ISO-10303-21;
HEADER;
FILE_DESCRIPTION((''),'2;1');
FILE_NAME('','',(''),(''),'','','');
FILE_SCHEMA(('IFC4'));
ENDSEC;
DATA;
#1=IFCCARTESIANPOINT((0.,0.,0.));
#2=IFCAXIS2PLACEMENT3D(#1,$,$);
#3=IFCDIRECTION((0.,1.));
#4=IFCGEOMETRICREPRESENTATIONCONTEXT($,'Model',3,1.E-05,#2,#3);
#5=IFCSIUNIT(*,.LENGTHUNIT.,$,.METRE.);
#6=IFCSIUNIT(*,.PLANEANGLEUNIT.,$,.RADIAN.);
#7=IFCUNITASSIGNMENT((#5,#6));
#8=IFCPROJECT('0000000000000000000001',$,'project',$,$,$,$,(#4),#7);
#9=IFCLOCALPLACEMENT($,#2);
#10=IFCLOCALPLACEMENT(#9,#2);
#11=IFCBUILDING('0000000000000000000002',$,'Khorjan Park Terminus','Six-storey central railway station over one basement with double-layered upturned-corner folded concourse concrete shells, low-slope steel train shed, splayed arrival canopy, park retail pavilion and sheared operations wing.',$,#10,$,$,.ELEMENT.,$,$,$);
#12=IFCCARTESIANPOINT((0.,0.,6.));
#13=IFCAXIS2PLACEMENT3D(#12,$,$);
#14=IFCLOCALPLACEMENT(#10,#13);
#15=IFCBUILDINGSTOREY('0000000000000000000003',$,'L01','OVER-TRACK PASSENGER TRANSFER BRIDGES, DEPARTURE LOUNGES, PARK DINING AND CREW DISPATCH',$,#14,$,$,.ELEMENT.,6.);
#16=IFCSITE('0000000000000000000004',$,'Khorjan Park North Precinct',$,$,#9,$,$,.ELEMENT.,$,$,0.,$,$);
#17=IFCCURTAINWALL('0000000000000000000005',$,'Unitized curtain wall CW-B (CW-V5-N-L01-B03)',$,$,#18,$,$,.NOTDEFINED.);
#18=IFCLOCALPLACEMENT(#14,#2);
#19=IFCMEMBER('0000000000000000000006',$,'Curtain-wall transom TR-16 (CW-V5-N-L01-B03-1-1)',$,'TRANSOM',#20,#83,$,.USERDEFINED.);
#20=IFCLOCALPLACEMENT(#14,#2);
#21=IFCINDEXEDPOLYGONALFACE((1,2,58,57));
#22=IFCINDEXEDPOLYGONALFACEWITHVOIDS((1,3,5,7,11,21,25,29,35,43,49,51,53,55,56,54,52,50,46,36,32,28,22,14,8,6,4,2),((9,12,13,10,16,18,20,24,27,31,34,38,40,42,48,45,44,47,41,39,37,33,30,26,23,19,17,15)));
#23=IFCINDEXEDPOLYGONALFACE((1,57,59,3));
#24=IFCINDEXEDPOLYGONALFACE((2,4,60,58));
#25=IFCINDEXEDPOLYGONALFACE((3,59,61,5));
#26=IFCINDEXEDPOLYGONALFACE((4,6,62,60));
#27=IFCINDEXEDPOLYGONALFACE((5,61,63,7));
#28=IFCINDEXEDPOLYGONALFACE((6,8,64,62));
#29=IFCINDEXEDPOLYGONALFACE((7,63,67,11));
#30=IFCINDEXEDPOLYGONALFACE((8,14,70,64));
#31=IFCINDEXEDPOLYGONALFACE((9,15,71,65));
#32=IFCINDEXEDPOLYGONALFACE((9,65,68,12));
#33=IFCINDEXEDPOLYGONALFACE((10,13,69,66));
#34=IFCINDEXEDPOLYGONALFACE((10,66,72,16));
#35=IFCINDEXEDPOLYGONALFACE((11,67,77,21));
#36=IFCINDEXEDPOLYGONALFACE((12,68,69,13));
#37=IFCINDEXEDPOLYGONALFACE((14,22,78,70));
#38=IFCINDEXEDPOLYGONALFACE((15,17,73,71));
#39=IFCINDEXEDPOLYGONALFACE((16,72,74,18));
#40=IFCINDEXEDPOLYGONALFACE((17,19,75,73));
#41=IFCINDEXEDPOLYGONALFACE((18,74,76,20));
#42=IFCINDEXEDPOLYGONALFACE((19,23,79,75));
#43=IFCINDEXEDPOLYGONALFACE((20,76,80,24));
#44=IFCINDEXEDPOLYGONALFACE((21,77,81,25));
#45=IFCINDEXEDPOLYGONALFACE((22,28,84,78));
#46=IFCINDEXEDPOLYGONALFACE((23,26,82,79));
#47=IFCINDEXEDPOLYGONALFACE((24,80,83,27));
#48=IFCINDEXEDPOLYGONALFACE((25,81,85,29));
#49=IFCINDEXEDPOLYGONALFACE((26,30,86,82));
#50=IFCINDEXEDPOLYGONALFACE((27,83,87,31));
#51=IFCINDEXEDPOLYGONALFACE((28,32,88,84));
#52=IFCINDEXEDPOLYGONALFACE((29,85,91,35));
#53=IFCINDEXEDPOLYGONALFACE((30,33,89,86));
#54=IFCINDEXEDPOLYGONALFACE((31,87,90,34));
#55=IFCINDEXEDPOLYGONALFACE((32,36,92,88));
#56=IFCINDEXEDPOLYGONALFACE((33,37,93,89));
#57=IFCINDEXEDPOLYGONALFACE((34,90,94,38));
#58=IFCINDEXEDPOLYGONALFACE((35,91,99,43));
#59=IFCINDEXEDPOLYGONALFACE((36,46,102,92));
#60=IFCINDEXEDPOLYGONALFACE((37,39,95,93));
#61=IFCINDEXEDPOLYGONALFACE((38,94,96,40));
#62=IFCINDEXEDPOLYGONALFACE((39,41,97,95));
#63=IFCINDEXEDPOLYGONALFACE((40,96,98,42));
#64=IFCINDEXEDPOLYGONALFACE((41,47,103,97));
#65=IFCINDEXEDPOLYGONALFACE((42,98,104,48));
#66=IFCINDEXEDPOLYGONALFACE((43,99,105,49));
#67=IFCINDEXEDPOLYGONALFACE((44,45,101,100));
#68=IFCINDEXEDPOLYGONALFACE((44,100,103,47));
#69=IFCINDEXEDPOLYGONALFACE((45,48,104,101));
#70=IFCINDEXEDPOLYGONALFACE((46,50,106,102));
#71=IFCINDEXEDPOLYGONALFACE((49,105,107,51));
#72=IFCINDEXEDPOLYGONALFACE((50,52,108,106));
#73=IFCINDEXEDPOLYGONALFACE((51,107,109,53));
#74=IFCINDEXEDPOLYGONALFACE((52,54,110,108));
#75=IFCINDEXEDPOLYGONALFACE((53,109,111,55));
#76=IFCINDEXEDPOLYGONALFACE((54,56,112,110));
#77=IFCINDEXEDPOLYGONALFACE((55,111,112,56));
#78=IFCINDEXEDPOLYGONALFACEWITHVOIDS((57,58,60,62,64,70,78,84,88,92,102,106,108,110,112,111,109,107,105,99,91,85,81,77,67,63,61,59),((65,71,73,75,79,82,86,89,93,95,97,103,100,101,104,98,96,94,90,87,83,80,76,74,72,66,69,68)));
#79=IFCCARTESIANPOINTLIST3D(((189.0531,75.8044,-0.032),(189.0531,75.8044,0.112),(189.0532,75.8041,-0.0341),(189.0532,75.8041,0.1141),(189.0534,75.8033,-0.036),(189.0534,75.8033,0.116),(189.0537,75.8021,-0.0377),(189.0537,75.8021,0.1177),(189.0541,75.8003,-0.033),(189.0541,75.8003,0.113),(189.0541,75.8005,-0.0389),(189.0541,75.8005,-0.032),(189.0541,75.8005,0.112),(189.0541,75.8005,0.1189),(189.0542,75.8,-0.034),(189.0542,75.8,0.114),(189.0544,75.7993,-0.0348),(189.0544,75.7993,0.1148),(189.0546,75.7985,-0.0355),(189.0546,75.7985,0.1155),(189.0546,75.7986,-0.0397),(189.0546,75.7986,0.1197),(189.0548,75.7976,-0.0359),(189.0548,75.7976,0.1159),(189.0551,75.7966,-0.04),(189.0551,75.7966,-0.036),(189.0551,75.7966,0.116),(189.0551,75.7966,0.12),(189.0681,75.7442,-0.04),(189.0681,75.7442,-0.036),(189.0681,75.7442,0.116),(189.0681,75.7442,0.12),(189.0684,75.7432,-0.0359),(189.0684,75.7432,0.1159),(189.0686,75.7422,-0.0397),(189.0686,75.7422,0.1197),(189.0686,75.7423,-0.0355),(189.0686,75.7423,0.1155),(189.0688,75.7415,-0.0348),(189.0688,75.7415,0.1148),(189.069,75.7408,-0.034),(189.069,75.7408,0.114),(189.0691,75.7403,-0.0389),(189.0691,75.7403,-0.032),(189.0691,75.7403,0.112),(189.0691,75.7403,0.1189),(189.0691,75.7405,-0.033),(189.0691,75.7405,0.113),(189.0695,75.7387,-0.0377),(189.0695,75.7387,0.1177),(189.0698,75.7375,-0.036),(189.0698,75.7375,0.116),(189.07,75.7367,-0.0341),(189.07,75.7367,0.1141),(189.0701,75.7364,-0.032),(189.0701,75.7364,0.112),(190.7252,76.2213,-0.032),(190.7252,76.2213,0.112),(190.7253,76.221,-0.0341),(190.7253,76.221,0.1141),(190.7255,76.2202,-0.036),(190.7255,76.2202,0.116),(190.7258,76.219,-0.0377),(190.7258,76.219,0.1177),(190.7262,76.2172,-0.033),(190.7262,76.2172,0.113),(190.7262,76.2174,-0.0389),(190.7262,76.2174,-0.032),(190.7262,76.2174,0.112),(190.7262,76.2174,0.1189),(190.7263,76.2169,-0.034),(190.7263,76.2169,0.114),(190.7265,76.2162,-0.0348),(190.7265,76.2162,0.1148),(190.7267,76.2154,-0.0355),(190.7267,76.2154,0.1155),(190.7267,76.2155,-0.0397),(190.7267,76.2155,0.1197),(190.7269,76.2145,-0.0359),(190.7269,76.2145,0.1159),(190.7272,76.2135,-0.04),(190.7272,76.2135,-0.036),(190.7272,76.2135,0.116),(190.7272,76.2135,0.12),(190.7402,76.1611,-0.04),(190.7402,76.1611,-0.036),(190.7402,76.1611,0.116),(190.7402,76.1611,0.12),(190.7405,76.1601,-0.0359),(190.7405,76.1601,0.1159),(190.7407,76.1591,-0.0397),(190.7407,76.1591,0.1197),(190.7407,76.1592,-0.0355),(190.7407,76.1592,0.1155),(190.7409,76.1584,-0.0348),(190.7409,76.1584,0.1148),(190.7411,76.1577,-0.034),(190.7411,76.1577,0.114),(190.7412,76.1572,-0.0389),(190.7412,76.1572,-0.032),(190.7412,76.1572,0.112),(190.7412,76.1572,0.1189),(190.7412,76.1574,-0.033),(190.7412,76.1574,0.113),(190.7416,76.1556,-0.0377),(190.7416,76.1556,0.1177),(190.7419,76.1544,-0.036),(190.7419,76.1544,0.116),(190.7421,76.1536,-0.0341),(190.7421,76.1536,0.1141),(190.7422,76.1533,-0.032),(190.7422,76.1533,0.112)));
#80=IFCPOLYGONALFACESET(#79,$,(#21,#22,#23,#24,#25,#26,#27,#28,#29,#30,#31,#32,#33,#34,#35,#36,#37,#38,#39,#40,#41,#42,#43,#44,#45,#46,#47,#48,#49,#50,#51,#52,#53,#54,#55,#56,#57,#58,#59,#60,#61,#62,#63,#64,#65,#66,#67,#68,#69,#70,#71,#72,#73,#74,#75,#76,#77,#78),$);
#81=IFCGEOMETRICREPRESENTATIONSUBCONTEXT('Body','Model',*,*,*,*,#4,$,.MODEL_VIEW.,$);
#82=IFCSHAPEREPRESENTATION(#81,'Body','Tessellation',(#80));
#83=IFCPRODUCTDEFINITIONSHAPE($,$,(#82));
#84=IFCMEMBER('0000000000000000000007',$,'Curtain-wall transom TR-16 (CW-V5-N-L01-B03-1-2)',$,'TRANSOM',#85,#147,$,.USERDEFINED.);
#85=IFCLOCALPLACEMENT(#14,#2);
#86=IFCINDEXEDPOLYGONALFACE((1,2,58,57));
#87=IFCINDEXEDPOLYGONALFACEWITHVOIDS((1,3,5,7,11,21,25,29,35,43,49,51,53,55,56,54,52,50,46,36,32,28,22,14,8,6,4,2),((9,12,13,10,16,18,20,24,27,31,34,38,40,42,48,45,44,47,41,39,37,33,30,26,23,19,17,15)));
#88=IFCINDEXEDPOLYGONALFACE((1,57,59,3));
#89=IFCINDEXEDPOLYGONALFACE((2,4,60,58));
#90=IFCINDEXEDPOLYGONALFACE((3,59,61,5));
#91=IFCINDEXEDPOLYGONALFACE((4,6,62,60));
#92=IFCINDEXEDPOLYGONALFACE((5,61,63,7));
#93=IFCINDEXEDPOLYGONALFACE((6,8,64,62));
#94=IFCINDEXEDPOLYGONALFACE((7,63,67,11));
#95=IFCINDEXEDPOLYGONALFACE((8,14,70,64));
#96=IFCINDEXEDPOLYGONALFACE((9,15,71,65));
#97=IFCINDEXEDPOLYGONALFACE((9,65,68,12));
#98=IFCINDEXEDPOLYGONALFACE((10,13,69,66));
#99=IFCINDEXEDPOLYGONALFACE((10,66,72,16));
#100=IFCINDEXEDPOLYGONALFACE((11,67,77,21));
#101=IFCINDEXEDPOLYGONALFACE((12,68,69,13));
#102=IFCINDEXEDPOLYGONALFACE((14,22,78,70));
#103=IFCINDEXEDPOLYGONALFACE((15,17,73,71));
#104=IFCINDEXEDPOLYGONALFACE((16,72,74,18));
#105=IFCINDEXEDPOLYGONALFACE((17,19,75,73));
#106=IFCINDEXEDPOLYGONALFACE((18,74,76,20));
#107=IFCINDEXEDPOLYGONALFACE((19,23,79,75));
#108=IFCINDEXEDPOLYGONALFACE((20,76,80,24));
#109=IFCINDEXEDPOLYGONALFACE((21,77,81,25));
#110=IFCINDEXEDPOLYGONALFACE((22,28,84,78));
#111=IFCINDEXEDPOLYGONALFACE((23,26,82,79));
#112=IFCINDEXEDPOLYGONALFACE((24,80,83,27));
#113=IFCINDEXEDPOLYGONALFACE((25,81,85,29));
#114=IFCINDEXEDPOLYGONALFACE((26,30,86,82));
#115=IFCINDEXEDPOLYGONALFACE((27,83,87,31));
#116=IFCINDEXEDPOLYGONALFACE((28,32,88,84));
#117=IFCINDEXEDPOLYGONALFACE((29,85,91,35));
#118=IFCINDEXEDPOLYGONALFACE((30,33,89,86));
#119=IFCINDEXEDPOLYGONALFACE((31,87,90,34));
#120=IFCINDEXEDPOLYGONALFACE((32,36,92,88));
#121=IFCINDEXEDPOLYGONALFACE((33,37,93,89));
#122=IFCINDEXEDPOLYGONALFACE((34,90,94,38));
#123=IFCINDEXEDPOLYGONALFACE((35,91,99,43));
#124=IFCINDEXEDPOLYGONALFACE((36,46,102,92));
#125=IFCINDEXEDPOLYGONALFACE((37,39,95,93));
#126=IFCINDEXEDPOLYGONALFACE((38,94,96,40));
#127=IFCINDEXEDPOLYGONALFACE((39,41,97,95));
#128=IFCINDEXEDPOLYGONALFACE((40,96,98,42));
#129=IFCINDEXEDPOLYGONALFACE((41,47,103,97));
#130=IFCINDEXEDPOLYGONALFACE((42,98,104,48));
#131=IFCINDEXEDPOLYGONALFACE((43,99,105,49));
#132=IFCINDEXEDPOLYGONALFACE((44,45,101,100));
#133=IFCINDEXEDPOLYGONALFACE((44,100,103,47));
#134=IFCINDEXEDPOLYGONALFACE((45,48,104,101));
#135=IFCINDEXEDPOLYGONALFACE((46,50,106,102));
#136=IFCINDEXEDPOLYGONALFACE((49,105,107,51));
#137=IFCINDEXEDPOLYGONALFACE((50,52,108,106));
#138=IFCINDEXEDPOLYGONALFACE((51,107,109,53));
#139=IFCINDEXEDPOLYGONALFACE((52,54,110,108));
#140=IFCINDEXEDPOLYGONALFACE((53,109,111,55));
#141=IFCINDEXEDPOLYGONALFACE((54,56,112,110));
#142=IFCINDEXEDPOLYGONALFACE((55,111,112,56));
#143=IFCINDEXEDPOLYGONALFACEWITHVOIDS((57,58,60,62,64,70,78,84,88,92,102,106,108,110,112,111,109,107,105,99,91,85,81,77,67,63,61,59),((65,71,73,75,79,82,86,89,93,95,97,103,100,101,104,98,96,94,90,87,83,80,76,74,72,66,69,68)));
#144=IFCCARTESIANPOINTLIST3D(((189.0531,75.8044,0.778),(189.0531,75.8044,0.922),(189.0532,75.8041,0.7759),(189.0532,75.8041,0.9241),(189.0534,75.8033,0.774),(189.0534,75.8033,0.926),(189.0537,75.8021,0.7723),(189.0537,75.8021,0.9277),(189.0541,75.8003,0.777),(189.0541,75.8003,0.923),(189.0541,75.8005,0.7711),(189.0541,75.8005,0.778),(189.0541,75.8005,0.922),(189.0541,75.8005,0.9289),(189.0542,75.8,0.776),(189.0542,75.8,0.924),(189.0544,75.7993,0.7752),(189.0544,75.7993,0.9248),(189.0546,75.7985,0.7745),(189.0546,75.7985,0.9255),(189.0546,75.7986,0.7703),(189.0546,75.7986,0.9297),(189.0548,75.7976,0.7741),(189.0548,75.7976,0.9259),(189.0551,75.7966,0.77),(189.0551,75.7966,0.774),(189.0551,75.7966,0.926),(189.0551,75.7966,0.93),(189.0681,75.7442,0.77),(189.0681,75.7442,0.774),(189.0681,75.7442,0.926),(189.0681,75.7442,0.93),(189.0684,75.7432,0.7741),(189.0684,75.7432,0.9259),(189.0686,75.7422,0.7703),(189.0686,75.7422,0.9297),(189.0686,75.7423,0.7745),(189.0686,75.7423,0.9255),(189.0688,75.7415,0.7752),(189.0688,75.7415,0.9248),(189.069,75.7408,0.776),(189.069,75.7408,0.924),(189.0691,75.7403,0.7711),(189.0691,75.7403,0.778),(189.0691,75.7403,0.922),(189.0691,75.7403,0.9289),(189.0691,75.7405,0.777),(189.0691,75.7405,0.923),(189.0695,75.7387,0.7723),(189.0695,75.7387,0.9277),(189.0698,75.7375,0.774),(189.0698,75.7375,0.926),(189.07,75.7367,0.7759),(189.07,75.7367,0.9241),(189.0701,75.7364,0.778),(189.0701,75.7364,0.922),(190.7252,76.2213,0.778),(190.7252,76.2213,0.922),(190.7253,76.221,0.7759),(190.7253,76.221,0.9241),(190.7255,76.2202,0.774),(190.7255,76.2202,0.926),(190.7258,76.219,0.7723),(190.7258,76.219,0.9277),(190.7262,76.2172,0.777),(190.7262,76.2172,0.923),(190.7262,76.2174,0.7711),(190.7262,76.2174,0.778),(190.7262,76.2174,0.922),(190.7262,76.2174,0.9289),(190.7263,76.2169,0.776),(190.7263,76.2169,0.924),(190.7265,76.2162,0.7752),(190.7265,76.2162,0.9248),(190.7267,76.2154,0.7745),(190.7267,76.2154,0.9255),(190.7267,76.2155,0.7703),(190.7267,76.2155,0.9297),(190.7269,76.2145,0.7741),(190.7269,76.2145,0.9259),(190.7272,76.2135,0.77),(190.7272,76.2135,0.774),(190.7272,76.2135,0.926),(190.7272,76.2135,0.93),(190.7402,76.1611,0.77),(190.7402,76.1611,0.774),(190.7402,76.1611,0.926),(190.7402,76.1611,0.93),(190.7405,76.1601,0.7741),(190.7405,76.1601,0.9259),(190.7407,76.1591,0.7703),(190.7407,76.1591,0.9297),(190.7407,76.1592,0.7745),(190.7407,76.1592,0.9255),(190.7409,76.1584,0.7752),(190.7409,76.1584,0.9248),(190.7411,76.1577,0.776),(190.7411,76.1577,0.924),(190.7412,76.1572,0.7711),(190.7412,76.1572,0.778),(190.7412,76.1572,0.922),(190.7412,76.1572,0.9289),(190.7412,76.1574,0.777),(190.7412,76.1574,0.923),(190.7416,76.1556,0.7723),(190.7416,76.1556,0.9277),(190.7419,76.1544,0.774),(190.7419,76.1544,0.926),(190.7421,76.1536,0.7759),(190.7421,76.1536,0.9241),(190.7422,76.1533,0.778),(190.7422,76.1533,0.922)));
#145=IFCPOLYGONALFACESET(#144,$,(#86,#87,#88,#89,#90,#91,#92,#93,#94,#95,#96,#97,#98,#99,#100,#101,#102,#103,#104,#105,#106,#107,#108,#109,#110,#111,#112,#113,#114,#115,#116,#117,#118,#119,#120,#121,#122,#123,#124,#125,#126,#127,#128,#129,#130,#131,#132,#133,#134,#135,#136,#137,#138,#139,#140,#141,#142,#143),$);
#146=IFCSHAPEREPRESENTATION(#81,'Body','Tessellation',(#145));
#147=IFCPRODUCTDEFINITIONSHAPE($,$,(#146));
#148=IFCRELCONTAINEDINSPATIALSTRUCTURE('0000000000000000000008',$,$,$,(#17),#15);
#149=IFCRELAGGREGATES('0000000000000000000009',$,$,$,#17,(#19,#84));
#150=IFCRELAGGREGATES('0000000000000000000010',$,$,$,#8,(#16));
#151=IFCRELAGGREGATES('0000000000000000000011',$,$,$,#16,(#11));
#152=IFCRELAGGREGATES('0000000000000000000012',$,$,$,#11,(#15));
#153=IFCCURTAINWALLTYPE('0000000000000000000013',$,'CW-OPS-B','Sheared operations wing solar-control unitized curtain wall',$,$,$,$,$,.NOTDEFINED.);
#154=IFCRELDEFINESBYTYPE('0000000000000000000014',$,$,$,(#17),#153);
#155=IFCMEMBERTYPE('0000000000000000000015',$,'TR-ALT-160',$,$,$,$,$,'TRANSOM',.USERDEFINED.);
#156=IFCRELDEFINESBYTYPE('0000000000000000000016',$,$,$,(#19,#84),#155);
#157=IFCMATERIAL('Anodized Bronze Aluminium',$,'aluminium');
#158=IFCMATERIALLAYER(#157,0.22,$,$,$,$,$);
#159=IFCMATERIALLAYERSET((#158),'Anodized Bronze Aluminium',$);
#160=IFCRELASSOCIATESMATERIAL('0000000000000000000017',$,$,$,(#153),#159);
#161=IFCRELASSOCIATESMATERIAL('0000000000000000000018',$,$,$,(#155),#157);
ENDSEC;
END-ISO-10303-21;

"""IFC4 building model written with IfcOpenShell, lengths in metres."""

from ifc_helpers import new_model, si_unit, direction, frame, origin, origin_2d, place, context, subcontext, project, spatial, hollow_rectangle, extrude, material, layer, layer_set, material_profile, profile_set, type_object, element, aggregate, save


model = new_model("IFC4")

# Units and contexts
model_context = context("Model", 3, precision=1e-05, world=origin(), true_north=direction((0.0, 1.0)))
body_context = subcontext(model_context, "Body", "Model", "MODEL_VIEW")
ifc_project = project(units=[si_unit("LENGTHUNIT", "METRE"), si_unit("PLANEANGLEUNIT", "RADIAN")], contexts=[model_context])

# Site, building, storey
site_placement = place(None, origin())
site = spatial("IfcSite", under=ifc_project, at=site_placement, Name="Khorjan Park North Precinct", CompositionType="ELEMENT", RefElevation=0.0)
building_placement = place(site_placement, origin())
building = spatial("IfcBuilding", under=site, at=building_placement, Name="Khorjan Park Terminus", Description="Six-storey central railway station over one basement with double-layered upturned-corner folded concourse concrete shells, low-slope steel train shed, splayed arrival canopy, park retail pavilion and sheared operations wing.", CompositionType="ELEMENT")
storey_placement = place(building_placement, frame((0.0, 0.0, 6.0)))
storey = spatial("IfcBuildingStorey", under=building, at=storey_placement, Name="L01", Description="OVER-TRACK PASSENGER TRANSFER BRIDGES, DEPARTURE LOUNGES, PARK DINING AND CREW DISPATCH", CompositionType="ELEMENT", Elevation=6.0)

# Shared definitions
ifc_material_1 = material(Name="Anodized Bronze Aluminium", Category="aluminium")
ifc_layer_1 = layer(ifc_material_1, 0.22)
ifc_layer_set_1 = layer_set([ifc_layer_1], Name="Anodized Bronze Aluminium")
curtain_wall_type = type_object("IfcCurtainWallType", Name="CW-OPS-B", Description="Sheared operations wing solar-control unitized curtain wall", PredefinedType="NOTDEFINED", material=ifc_layer_set_1)

# Curtain wall
curtain_wall_1_placement = place(storey_placement, origin())
curtain_wall_1 = element("IfcCurtainWall", 1, at=curtain_wall_1_placement, inside=storey, type_object=curtain_wall_type, Name="Unitized curtain wall CW-B (CW-V5-N-L01-B03)", PredefinedType="NOTDEFINED")

# Members
ifc_material_profile_1 = material_profile(ifc_material_1, hollow_rectangle(XDim=0.07, YDim=0.16, WallThickness=0.004, InnerFilletRadius=0.004, OuterFilletRadius=0.008, at=origin_2d()), Name="ALT 70x160x4")
ifc_profile_set_1 = profile_set([ifc_material_profile_1], Name="Anodized Bronze Aluminium")
member_type_1 = type_object("IfcMemberType", Name="TR-ALT-160", ElementType="TRANSOM", PredefinedType="USERDEFINED", material=ifc_profile_set_1)
member_1_placement = place(storey_placement, frame((190.7337, 76.1873, 0.04), z_axis=(-0.970296, -0.241921, 0.0), x_axis=(0.241921, -0.970296, 0.0)))
member_1 = element("IfcMember", 2, at=member_1_placement, type_object=member_type_1, Name="Curtain-wall transom TR-16 (CW-V5-N-L01-B03-1-1)", ObjectType="TRANSOM", PredefinedType="USERDEFINED", context=body_context, shape_type="SweptSolid", body=[
    extrude(hollow_rectangle(XDim=0.07, YDim=0.16, WallThickness=0.004, InnerFilletRadius=0.004, OuterFilletRadius=0.008, at=origin_2d()), origin(), (0.0, 0.0, 1.0), 1.7233),
])
member_2_placement = place(storey_placement, frame((190.7337, 76.1873, 0.85), z_axis=(-0.970296, -0.241921, 0.0), x_axis=(0.241921, -0.970296, 0.0)))
member_2 = element("IfcMember", 3, at=member_2_placement, type_object=member_type_1, Name="Curtain-wall transom TR-16 (CW-V5-N-L01-B03-1-2)", ObjectType="TRANSOM", PredefinedType="USERDEFINED", context=body_context, shape_type="SweptSolid", body=[
    extrude(hollow_rectangle(XDim=0.07, YDim=0.16, WallThickness=0.004, InnerFilletRadius=0.004, OuterFilletRadius=0.008, at=origin_2d()), origin(), (0.0, 0.0, 1.0), 1.7233),
])

aggregate(curtain_wall_1, [member_1, member_2])

save(model, "model.ifc")
